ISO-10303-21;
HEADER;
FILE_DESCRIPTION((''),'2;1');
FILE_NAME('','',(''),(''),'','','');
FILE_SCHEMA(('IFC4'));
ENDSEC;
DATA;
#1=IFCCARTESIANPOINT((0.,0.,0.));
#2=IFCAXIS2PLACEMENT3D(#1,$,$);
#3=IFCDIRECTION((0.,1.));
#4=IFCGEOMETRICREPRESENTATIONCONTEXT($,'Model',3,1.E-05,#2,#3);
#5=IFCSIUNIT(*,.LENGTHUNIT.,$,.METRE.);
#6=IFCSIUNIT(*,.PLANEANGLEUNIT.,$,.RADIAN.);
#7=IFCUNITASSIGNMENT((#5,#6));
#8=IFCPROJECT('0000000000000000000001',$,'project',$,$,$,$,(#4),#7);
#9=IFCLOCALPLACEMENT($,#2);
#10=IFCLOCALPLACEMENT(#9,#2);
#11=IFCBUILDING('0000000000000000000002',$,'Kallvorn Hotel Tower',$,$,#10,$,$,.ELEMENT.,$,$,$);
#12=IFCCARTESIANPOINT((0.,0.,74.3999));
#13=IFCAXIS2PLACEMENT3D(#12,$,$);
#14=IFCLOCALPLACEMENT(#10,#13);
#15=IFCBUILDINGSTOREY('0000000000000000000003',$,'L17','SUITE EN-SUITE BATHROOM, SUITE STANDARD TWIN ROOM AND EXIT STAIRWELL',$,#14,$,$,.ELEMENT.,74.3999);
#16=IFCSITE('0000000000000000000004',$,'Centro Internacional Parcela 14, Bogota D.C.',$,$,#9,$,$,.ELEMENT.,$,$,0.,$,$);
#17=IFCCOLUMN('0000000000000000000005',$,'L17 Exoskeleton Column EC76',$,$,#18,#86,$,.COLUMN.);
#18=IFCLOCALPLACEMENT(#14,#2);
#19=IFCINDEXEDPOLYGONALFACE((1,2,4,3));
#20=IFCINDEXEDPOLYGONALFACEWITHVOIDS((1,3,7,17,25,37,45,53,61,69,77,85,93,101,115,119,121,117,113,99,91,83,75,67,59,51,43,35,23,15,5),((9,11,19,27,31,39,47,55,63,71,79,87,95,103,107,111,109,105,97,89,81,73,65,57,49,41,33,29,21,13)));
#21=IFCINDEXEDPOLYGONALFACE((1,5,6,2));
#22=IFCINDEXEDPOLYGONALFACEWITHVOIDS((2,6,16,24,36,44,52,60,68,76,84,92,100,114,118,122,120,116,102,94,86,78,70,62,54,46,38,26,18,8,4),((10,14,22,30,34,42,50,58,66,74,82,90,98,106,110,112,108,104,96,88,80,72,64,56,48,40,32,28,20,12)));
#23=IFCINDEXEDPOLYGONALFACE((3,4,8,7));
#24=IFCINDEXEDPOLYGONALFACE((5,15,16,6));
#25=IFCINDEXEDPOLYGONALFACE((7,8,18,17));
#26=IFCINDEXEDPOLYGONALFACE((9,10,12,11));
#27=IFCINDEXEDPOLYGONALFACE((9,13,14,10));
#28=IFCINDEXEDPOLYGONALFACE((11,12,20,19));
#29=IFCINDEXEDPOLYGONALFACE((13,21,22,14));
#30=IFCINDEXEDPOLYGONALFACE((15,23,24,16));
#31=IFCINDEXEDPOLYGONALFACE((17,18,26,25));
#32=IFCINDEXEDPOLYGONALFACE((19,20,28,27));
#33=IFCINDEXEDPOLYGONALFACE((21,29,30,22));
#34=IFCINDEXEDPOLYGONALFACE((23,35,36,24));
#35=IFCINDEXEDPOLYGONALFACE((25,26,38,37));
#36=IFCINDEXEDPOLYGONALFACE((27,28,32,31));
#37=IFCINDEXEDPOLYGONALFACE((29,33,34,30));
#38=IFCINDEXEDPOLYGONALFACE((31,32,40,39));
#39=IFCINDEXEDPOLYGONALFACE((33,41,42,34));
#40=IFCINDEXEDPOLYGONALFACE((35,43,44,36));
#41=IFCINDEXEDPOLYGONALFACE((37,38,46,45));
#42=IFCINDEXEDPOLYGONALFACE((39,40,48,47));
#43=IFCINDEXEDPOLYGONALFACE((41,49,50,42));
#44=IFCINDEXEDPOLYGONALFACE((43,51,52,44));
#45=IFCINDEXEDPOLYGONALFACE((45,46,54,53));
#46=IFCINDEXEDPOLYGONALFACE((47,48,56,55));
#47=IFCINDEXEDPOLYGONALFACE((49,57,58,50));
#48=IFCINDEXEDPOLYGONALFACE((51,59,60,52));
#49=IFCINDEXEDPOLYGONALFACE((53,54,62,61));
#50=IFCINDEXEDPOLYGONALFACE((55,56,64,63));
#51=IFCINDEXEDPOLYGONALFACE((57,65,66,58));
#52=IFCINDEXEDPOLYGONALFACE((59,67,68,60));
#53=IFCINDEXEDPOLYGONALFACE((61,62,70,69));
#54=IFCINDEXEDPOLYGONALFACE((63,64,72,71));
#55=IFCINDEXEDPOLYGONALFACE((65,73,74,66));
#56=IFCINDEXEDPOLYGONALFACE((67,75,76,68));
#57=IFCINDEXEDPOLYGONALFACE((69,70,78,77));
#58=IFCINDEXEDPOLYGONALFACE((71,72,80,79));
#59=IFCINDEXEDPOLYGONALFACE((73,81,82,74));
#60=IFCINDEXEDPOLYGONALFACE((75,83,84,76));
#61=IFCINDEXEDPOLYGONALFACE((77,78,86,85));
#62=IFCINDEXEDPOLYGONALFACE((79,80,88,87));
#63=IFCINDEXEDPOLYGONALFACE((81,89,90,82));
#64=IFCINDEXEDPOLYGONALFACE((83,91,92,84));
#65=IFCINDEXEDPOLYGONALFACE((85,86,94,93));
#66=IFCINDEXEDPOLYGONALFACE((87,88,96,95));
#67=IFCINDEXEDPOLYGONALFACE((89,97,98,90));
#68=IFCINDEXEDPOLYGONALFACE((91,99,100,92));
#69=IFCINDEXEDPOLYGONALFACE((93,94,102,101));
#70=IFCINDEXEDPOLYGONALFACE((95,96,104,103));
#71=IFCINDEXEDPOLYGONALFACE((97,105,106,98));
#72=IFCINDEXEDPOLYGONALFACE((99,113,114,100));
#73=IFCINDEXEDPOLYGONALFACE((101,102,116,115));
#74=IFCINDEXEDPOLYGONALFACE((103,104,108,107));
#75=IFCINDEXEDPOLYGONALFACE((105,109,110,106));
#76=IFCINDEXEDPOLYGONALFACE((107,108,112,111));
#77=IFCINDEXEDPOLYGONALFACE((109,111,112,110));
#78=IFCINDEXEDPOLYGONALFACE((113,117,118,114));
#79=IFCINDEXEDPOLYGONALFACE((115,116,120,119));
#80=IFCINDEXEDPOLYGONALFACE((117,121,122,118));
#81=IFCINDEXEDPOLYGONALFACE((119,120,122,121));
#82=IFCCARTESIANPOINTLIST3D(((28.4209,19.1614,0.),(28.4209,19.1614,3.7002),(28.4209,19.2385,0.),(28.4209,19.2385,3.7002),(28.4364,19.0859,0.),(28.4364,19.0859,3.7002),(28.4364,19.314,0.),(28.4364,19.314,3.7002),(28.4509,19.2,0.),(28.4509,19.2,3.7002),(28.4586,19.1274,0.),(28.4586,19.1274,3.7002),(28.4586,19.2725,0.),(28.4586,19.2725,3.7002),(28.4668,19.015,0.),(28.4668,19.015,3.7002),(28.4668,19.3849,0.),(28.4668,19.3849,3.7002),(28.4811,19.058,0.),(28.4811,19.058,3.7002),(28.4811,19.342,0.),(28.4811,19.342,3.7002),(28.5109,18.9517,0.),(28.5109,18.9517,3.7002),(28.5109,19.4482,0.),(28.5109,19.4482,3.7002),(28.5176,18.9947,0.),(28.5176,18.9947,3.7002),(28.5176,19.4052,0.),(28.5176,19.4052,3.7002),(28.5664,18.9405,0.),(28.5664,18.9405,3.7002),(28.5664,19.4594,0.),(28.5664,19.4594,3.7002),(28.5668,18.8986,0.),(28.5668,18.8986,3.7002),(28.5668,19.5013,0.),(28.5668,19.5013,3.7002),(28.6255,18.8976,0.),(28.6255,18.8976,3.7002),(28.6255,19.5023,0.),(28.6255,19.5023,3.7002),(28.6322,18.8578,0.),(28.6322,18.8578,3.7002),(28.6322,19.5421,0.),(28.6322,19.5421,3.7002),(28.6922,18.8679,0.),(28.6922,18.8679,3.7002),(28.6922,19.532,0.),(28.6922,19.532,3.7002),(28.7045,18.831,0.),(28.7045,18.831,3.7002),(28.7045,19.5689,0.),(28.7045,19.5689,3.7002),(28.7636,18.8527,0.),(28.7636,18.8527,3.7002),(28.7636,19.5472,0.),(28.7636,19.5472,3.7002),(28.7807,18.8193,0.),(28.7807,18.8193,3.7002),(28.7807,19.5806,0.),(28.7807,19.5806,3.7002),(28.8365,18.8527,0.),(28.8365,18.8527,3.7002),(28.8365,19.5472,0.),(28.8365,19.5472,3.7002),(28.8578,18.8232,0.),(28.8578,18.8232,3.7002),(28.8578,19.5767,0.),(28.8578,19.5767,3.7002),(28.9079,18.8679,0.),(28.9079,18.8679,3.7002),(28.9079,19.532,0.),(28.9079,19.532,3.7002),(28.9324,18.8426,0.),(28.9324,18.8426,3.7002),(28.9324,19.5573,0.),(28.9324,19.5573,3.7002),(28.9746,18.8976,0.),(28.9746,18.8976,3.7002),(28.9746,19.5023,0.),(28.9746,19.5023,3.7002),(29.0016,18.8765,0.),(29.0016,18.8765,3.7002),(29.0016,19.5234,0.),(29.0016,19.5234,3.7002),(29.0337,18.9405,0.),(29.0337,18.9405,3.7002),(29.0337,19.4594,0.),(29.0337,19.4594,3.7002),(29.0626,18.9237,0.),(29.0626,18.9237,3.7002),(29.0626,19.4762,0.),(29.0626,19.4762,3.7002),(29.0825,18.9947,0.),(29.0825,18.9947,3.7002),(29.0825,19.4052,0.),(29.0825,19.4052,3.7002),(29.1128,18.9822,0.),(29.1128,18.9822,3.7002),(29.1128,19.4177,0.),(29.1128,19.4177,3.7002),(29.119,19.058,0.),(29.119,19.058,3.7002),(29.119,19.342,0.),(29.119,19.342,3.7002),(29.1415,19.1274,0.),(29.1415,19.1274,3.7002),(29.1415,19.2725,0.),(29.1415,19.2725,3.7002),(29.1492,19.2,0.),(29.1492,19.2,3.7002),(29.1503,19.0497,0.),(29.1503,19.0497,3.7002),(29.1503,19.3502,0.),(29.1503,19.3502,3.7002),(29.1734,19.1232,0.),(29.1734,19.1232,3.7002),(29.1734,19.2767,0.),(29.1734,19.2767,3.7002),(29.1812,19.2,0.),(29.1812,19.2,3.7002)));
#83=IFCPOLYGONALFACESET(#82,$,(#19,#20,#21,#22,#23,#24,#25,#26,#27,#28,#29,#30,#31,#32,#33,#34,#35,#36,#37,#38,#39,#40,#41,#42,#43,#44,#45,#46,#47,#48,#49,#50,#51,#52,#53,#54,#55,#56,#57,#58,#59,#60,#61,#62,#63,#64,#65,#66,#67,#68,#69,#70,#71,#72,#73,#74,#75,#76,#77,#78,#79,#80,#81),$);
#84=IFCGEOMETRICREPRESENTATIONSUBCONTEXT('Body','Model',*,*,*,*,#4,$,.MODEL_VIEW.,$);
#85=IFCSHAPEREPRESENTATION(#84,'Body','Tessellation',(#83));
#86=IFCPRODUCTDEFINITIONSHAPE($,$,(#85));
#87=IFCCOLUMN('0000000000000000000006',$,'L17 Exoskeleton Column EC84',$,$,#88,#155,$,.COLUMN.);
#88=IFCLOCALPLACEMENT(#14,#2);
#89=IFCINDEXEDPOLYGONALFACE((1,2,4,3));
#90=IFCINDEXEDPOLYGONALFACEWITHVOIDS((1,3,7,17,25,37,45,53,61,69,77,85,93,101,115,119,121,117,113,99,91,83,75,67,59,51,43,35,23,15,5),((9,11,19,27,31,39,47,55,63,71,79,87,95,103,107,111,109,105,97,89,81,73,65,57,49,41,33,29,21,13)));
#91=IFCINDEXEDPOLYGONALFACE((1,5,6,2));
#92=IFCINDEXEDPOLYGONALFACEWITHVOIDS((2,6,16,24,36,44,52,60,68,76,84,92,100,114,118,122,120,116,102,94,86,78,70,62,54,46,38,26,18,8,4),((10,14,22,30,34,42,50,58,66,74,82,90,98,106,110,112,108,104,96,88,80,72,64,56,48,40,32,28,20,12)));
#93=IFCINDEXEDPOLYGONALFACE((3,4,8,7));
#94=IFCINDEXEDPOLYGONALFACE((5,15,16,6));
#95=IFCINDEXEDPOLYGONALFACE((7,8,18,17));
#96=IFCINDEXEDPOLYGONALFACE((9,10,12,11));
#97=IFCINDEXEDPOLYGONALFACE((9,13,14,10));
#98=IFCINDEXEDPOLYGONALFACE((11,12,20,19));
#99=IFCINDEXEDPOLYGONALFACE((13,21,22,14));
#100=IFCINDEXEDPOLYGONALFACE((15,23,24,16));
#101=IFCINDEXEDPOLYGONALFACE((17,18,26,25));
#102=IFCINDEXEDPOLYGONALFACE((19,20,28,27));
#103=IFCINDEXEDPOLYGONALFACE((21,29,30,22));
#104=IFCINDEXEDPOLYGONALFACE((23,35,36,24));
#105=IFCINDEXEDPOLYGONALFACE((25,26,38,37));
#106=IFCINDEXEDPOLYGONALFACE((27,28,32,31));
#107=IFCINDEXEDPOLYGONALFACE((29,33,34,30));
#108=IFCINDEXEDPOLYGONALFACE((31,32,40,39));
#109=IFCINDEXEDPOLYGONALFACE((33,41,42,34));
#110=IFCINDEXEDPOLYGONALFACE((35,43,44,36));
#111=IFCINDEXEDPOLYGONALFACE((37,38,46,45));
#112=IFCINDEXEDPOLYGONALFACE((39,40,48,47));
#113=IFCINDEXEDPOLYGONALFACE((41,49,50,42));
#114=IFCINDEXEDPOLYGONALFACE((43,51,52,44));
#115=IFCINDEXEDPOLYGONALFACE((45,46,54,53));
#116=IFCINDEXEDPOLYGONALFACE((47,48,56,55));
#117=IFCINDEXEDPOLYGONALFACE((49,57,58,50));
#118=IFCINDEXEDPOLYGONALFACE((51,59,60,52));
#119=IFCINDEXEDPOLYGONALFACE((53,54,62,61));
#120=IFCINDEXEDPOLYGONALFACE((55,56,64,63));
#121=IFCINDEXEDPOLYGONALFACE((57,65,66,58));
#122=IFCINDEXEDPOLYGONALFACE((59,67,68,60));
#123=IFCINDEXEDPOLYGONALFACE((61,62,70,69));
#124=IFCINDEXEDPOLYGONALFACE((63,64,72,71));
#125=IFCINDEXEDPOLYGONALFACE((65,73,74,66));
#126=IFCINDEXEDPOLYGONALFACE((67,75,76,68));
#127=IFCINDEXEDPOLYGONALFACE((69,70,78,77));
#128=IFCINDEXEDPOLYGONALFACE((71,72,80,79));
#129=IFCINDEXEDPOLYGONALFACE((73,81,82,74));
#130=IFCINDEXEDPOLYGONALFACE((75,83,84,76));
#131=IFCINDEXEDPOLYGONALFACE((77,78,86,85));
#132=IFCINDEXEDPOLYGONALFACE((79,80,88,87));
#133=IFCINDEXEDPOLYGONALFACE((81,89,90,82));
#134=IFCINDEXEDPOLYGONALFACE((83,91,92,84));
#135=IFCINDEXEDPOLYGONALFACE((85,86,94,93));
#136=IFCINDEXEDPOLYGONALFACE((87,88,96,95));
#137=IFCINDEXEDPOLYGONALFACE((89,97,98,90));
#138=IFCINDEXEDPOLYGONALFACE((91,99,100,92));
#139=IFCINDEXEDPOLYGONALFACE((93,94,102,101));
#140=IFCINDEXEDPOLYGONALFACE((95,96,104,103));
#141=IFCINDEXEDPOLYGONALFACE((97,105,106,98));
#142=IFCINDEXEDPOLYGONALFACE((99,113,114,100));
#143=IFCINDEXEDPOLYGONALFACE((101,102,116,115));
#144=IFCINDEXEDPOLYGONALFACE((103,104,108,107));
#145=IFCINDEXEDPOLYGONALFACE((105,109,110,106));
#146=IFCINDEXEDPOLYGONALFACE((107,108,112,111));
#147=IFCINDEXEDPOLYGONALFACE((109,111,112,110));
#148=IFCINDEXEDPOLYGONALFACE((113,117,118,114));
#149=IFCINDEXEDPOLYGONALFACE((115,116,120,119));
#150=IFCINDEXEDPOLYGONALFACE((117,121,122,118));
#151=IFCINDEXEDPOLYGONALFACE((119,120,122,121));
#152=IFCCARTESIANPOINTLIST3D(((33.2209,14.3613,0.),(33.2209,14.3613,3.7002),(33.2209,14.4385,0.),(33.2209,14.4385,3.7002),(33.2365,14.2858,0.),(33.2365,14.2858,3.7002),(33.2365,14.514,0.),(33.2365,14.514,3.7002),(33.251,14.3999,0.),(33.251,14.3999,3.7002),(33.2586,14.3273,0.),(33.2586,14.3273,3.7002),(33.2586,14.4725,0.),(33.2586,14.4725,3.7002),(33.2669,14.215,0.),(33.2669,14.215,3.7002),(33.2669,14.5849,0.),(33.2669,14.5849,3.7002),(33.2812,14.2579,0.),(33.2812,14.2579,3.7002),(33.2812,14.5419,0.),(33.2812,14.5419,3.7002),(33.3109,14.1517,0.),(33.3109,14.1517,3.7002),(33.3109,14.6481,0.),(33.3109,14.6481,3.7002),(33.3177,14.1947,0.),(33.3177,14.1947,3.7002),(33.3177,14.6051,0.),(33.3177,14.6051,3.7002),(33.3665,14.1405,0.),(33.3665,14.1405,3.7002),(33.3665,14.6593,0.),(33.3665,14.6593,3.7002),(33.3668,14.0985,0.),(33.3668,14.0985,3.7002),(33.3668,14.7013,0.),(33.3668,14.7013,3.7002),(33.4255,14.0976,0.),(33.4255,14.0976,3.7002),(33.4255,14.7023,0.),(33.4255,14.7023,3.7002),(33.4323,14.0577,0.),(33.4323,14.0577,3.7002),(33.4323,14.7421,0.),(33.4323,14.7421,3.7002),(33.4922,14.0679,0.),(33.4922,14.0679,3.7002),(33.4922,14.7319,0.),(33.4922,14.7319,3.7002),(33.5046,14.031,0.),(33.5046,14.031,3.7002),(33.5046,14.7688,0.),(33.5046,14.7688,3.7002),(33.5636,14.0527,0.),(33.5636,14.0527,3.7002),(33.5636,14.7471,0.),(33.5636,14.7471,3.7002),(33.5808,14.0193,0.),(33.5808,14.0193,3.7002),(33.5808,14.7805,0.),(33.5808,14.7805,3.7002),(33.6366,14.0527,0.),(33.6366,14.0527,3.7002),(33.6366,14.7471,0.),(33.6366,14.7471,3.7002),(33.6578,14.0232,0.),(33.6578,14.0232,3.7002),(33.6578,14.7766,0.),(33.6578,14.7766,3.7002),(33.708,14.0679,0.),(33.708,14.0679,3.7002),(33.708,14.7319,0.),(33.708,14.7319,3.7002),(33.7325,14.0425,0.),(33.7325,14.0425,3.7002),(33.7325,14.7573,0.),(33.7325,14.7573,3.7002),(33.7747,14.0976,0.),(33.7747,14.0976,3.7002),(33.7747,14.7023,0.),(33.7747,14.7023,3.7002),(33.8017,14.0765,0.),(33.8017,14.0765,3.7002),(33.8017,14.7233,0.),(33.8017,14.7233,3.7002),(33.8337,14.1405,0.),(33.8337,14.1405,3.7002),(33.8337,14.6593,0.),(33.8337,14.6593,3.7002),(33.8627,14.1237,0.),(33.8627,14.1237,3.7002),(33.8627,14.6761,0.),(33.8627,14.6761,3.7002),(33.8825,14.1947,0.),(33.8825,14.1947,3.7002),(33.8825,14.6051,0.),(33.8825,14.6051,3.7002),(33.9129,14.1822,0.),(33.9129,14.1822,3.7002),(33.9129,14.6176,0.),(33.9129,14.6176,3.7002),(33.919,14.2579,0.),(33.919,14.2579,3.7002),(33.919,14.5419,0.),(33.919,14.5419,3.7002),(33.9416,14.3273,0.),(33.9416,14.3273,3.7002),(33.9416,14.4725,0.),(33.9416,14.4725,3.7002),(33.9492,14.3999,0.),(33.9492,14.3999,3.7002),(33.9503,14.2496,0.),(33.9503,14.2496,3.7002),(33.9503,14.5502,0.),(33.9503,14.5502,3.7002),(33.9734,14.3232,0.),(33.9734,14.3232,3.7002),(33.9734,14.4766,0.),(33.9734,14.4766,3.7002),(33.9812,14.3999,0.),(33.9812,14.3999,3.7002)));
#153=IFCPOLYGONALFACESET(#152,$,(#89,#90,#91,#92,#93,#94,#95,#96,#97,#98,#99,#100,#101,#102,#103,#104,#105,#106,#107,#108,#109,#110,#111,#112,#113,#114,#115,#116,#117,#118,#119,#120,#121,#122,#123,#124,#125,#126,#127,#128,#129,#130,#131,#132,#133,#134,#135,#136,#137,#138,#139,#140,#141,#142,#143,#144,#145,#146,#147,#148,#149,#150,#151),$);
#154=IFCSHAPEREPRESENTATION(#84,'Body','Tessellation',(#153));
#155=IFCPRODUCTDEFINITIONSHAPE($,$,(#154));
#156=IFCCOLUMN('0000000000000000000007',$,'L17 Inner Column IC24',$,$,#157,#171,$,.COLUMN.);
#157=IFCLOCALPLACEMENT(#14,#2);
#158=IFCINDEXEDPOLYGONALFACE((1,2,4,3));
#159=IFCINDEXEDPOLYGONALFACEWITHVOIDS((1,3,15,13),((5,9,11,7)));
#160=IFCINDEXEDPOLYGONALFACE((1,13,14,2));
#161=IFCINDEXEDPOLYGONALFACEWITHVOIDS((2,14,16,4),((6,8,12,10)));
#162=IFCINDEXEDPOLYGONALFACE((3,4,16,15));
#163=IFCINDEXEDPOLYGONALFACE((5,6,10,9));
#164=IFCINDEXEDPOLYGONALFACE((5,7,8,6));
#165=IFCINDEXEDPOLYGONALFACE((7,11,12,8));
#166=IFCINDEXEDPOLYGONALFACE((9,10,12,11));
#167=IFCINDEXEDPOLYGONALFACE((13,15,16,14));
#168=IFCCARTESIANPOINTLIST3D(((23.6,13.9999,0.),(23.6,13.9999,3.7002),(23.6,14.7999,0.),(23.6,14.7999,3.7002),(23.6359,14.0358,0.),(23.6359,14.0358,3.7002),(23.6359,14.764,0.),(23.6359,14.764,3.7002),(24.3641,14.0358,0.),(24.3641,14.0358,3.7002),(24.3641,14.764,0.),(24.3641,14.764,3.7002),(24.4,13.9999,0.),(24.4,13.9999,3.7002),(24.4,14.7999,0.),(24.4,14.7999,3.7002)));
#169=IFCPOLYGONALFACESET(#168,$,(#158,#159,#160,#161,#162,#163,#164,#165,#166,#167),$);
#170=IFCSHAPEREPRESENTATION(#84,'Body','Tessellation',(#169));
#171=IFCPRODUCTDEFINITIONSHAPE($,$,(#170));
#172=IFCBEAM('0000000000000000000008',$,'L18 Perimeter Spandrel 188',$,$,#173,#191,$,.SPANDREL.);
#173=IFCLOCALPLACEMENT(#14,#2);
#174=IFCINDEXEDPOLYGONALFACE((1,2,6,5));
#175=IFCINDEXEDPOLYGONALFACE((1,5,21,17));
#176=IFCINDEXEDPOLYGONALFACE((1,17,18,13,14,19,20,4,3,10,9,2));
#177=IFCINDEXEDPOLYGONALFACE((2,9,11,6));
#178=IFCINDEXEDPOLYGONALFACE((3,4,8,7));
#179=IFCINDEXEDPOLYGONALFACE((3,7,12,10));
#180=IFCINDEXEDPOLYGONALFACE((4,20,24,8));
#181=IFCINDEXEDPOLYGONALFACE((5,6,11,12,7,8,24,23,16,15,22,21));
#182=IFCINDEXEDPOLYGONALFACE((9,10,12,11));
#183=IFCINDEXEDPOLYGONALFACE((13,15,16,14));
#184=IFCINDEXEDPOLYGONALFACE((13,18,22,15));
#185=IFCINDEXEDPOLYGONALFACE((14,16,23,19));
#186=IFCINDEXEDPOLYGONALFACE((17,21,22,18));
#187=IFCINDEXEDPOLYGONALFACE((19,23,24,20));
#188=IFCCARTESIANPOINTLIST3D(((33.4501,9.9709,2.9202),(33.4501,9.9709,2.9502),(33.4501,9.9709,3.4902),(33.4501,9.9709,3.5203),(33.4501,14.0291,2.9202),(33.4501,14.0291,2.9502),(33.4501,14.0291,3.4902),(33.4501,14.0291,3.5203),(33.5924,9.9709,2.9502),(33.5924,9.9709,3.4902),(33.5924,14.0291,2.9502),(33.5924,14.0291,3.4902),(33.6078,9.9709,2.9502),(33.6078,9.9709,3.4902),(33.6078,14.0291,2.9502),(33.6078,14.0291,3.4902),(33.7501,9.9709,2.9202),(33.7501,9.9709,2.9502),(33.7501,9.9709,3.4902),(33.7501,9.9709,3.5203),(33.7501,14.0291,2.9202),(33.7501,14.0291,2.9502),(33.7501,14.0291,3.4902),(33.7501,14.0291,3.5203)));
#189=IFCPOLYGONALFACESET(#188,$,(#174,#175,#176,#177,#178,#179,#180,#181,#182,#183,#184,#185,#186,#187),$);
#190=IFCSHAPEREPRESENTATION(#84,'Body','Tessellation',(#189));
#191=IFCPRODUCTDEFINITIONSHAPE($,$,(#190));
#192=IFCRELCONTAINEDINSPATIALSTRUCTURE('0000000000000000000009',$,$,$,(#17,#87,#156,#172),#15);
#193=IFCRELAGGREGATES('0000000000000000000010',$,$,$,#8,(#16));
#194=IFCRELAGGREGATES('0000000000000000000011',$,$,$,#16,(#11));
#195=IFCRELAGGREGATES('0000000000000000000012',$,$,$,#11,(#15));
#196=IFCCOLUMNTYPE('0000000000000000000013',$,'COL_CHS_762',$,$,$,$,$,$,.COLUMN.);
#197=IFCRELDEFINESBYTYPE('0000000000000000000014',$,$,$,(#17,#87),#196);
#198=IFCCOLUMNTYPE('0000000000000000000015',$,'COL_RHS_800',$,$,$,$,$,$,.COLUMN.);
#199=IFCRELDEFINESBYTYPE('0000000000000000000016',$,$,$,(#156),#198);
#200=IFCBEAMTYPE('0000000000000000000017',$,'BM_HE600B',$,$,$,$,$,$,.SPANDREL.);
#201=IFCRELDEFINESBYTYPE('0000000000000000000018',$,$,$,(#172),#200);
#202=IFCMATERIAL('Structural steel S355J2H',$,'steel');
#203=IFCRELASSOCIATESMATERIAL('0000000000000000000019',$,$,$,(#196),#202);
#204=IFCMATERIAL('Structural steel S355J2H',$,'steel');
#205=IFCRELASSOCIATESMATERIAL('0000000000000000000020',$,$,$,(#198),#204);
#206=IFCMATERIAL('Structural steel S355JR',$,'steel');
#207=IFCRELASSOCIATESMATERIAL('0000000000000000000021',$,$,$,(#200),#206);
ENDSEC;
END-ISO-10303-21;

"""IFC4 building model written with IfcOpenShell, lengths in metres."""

from ifc_helpers import new_model, si_unit, direction, frame, origin, origin_2d, place, context, subcontext, project, spatial, hollow_rectangle, hollow_circle, i_section, extrude, material, material_profile, profile_set, type_object, element, save


model = new_model("IFC4")

# Units and contexts
model_context = context("Model", 3, precision=1e-05, world=origin(), true_north=direction((0.0, 1.0)))
body_context = subcontext(model_context, "Body", "Model", "MODEL_VIEW")
ifc_project = project(units=[si_unit("LENGTHUNIT", "METRE"), si_unit("PLANEANGLEUNIT", "RADIAN")], contexts=[model_context])

# Site, building, storey
site_placement = place(None, origin())
site = spatial("IfcSite", under=ifc_project, at=site_placement, Name="Centro Internacional Parcela 14, Bogota D.C.", CompositionType="ELEMENT", RefElevation=0.0)
building_placement = place(site_placement, origin())
building = spatial("IfcBuilding", under=site, at=building_placement, Name="Kallvorn Hotel Tower", CompositionType="ELEMENT")
storey_placement = place(building_placement, frame((0.0, 0.0, 74.3999)))
storey = spatial("IfcBuildingStorey", under=building, at=storey_placement, Name="L17", Description="SUITE EN-SUITE BATHROOM, SUITE STANDARD TWIN ROOM AND EXIT STAIRWELL", CompositionType="ELEMENT", Elevation=74.3999)

# Columns
ifc_material_1 = material(Name="Structural steel S355J2H", Category="steel")
ifc_material_profile_1 = material_profile(ifc_material_1, hollow_circle(Radius=0.3811, WallThickness=0.032, at=origin_2d()), Name="CHS 762x32")
ifc_profile_set_1 = profile_set([ifc_material_profile_1], Name="Structural steel S355J2H")
column_type_1 = type_object("IfcColumnType", Name="COL_CHS_762", PredefinedType="COLUMN", material=ifc_profile_set_1)
for number, where, z_axis, x_axis, name in (
    (1, (28.8, 19.2, 0.0), (0.0, 0.0, 1.0), (1.0, 0.0, 0.0), "L17 Exoskeleton Column EC76"),
    (2, (33.6001, 14.3999, 0.0), (0.0, 0.0, 1.0), (1.0, 0.0, 0.0), "L17 Exoskeleton Column EC84"),
):
    element("IfcColumn", number, at=place(storey_placement, frame(where, z_axis=z_axis, x_axis=x_axis)), inside=storey, type_object=column_type_1, Name=name, PredefinedType="COLUMN", context=body_context, shape_type="SweptSolid", body=[
        extrude(hollow_circle(Radius=0.3811, WallThickness=0.032, at=origin_2d()), origin(), (0.0, 0.0, 1.0), 3.7002),
    ])
ifc_material_2 = material(Name="Structural steel S355J2H", Category="steel")
ifc_material_profile_2 = material_profile(ifc_material_2, hollow_rectangle(XDim=0.8, YDim=0.8, WallThickness=0.0359, at=origin_2d()), Name="RHS 800x800x36")
ifc_profile_set_2 = profile_set([ifc_material_profile_2], Name="Structural steel S355J2H")
column_type_2 = type_object("IfcColumnType", Name="COL_RHS_800", PredefinedType="COLUMN", material=ifc_profile_set_2)
column_placement = place(storey_placement, frame((24.0, 14.3999, 0.0), z_axis=(0.0, 0.0, 1.0), x_axis=(1.0, 0.0, 0.0)))
element("IfcColumn", 3, at=column_placement, inside=storey, type_object=column_type_2, Name="L17 Inner Column IC24", PredefinedType="COLUMN", context=body_context, shape_type="SweptSolid", body=[
    extrude(hollow_rectangle(XDim=0.8, YDim=0.8, WallThickness=0.0359, at=origin_2d()), origin(), (0.0, 0.0, 1.0), 3.7002),
])

# Beam
ifc_material_3 = material(Name="Structural steel S355JR", Category="steel")
ifc_material_profile_3 = material_profile(ifc_material_3, i_section(OverallWidth=0.3, OverallDepth=0.6001, WebThickness=0.0154, FlangeThickness=0.03, at=origin_2d()), Name="HE 600 B")
ifc_profile_set_3 = profile_set([ifc_material_profile_3], Name="Structural steel S355JR")
beam_type_1 = type_object("IfcBeamType", Name="BM_HE600B", PredefinedType="SPANDREL", material=ifc_profile_set_3)
beam_1_placement = place(storey_placement, frame((33.6001, 9.9709, 3.2202), z_axis=(0.0, 1.0, 0.0), x_axis=(-1.0, 0.0, 0.0)))
element("IfcBeam", 4, at=beam_1_placement, inside=storey, type_object=beam_type_1, Name="L18 Perimeter Spandrel 188", PredefinedType="SPANDREL", context=body_context, shape_type="SweptSolid", body=[
    extrude(i_section(OverallWidth=0.3, OverallDepth=0.6001, WebThickness=0.0154, FlangeThickness=0.03, at=origin_2d()), origin(), (0.0, 0.0, 1.0), 4.0581),
])

save(model, "model.ifc")
